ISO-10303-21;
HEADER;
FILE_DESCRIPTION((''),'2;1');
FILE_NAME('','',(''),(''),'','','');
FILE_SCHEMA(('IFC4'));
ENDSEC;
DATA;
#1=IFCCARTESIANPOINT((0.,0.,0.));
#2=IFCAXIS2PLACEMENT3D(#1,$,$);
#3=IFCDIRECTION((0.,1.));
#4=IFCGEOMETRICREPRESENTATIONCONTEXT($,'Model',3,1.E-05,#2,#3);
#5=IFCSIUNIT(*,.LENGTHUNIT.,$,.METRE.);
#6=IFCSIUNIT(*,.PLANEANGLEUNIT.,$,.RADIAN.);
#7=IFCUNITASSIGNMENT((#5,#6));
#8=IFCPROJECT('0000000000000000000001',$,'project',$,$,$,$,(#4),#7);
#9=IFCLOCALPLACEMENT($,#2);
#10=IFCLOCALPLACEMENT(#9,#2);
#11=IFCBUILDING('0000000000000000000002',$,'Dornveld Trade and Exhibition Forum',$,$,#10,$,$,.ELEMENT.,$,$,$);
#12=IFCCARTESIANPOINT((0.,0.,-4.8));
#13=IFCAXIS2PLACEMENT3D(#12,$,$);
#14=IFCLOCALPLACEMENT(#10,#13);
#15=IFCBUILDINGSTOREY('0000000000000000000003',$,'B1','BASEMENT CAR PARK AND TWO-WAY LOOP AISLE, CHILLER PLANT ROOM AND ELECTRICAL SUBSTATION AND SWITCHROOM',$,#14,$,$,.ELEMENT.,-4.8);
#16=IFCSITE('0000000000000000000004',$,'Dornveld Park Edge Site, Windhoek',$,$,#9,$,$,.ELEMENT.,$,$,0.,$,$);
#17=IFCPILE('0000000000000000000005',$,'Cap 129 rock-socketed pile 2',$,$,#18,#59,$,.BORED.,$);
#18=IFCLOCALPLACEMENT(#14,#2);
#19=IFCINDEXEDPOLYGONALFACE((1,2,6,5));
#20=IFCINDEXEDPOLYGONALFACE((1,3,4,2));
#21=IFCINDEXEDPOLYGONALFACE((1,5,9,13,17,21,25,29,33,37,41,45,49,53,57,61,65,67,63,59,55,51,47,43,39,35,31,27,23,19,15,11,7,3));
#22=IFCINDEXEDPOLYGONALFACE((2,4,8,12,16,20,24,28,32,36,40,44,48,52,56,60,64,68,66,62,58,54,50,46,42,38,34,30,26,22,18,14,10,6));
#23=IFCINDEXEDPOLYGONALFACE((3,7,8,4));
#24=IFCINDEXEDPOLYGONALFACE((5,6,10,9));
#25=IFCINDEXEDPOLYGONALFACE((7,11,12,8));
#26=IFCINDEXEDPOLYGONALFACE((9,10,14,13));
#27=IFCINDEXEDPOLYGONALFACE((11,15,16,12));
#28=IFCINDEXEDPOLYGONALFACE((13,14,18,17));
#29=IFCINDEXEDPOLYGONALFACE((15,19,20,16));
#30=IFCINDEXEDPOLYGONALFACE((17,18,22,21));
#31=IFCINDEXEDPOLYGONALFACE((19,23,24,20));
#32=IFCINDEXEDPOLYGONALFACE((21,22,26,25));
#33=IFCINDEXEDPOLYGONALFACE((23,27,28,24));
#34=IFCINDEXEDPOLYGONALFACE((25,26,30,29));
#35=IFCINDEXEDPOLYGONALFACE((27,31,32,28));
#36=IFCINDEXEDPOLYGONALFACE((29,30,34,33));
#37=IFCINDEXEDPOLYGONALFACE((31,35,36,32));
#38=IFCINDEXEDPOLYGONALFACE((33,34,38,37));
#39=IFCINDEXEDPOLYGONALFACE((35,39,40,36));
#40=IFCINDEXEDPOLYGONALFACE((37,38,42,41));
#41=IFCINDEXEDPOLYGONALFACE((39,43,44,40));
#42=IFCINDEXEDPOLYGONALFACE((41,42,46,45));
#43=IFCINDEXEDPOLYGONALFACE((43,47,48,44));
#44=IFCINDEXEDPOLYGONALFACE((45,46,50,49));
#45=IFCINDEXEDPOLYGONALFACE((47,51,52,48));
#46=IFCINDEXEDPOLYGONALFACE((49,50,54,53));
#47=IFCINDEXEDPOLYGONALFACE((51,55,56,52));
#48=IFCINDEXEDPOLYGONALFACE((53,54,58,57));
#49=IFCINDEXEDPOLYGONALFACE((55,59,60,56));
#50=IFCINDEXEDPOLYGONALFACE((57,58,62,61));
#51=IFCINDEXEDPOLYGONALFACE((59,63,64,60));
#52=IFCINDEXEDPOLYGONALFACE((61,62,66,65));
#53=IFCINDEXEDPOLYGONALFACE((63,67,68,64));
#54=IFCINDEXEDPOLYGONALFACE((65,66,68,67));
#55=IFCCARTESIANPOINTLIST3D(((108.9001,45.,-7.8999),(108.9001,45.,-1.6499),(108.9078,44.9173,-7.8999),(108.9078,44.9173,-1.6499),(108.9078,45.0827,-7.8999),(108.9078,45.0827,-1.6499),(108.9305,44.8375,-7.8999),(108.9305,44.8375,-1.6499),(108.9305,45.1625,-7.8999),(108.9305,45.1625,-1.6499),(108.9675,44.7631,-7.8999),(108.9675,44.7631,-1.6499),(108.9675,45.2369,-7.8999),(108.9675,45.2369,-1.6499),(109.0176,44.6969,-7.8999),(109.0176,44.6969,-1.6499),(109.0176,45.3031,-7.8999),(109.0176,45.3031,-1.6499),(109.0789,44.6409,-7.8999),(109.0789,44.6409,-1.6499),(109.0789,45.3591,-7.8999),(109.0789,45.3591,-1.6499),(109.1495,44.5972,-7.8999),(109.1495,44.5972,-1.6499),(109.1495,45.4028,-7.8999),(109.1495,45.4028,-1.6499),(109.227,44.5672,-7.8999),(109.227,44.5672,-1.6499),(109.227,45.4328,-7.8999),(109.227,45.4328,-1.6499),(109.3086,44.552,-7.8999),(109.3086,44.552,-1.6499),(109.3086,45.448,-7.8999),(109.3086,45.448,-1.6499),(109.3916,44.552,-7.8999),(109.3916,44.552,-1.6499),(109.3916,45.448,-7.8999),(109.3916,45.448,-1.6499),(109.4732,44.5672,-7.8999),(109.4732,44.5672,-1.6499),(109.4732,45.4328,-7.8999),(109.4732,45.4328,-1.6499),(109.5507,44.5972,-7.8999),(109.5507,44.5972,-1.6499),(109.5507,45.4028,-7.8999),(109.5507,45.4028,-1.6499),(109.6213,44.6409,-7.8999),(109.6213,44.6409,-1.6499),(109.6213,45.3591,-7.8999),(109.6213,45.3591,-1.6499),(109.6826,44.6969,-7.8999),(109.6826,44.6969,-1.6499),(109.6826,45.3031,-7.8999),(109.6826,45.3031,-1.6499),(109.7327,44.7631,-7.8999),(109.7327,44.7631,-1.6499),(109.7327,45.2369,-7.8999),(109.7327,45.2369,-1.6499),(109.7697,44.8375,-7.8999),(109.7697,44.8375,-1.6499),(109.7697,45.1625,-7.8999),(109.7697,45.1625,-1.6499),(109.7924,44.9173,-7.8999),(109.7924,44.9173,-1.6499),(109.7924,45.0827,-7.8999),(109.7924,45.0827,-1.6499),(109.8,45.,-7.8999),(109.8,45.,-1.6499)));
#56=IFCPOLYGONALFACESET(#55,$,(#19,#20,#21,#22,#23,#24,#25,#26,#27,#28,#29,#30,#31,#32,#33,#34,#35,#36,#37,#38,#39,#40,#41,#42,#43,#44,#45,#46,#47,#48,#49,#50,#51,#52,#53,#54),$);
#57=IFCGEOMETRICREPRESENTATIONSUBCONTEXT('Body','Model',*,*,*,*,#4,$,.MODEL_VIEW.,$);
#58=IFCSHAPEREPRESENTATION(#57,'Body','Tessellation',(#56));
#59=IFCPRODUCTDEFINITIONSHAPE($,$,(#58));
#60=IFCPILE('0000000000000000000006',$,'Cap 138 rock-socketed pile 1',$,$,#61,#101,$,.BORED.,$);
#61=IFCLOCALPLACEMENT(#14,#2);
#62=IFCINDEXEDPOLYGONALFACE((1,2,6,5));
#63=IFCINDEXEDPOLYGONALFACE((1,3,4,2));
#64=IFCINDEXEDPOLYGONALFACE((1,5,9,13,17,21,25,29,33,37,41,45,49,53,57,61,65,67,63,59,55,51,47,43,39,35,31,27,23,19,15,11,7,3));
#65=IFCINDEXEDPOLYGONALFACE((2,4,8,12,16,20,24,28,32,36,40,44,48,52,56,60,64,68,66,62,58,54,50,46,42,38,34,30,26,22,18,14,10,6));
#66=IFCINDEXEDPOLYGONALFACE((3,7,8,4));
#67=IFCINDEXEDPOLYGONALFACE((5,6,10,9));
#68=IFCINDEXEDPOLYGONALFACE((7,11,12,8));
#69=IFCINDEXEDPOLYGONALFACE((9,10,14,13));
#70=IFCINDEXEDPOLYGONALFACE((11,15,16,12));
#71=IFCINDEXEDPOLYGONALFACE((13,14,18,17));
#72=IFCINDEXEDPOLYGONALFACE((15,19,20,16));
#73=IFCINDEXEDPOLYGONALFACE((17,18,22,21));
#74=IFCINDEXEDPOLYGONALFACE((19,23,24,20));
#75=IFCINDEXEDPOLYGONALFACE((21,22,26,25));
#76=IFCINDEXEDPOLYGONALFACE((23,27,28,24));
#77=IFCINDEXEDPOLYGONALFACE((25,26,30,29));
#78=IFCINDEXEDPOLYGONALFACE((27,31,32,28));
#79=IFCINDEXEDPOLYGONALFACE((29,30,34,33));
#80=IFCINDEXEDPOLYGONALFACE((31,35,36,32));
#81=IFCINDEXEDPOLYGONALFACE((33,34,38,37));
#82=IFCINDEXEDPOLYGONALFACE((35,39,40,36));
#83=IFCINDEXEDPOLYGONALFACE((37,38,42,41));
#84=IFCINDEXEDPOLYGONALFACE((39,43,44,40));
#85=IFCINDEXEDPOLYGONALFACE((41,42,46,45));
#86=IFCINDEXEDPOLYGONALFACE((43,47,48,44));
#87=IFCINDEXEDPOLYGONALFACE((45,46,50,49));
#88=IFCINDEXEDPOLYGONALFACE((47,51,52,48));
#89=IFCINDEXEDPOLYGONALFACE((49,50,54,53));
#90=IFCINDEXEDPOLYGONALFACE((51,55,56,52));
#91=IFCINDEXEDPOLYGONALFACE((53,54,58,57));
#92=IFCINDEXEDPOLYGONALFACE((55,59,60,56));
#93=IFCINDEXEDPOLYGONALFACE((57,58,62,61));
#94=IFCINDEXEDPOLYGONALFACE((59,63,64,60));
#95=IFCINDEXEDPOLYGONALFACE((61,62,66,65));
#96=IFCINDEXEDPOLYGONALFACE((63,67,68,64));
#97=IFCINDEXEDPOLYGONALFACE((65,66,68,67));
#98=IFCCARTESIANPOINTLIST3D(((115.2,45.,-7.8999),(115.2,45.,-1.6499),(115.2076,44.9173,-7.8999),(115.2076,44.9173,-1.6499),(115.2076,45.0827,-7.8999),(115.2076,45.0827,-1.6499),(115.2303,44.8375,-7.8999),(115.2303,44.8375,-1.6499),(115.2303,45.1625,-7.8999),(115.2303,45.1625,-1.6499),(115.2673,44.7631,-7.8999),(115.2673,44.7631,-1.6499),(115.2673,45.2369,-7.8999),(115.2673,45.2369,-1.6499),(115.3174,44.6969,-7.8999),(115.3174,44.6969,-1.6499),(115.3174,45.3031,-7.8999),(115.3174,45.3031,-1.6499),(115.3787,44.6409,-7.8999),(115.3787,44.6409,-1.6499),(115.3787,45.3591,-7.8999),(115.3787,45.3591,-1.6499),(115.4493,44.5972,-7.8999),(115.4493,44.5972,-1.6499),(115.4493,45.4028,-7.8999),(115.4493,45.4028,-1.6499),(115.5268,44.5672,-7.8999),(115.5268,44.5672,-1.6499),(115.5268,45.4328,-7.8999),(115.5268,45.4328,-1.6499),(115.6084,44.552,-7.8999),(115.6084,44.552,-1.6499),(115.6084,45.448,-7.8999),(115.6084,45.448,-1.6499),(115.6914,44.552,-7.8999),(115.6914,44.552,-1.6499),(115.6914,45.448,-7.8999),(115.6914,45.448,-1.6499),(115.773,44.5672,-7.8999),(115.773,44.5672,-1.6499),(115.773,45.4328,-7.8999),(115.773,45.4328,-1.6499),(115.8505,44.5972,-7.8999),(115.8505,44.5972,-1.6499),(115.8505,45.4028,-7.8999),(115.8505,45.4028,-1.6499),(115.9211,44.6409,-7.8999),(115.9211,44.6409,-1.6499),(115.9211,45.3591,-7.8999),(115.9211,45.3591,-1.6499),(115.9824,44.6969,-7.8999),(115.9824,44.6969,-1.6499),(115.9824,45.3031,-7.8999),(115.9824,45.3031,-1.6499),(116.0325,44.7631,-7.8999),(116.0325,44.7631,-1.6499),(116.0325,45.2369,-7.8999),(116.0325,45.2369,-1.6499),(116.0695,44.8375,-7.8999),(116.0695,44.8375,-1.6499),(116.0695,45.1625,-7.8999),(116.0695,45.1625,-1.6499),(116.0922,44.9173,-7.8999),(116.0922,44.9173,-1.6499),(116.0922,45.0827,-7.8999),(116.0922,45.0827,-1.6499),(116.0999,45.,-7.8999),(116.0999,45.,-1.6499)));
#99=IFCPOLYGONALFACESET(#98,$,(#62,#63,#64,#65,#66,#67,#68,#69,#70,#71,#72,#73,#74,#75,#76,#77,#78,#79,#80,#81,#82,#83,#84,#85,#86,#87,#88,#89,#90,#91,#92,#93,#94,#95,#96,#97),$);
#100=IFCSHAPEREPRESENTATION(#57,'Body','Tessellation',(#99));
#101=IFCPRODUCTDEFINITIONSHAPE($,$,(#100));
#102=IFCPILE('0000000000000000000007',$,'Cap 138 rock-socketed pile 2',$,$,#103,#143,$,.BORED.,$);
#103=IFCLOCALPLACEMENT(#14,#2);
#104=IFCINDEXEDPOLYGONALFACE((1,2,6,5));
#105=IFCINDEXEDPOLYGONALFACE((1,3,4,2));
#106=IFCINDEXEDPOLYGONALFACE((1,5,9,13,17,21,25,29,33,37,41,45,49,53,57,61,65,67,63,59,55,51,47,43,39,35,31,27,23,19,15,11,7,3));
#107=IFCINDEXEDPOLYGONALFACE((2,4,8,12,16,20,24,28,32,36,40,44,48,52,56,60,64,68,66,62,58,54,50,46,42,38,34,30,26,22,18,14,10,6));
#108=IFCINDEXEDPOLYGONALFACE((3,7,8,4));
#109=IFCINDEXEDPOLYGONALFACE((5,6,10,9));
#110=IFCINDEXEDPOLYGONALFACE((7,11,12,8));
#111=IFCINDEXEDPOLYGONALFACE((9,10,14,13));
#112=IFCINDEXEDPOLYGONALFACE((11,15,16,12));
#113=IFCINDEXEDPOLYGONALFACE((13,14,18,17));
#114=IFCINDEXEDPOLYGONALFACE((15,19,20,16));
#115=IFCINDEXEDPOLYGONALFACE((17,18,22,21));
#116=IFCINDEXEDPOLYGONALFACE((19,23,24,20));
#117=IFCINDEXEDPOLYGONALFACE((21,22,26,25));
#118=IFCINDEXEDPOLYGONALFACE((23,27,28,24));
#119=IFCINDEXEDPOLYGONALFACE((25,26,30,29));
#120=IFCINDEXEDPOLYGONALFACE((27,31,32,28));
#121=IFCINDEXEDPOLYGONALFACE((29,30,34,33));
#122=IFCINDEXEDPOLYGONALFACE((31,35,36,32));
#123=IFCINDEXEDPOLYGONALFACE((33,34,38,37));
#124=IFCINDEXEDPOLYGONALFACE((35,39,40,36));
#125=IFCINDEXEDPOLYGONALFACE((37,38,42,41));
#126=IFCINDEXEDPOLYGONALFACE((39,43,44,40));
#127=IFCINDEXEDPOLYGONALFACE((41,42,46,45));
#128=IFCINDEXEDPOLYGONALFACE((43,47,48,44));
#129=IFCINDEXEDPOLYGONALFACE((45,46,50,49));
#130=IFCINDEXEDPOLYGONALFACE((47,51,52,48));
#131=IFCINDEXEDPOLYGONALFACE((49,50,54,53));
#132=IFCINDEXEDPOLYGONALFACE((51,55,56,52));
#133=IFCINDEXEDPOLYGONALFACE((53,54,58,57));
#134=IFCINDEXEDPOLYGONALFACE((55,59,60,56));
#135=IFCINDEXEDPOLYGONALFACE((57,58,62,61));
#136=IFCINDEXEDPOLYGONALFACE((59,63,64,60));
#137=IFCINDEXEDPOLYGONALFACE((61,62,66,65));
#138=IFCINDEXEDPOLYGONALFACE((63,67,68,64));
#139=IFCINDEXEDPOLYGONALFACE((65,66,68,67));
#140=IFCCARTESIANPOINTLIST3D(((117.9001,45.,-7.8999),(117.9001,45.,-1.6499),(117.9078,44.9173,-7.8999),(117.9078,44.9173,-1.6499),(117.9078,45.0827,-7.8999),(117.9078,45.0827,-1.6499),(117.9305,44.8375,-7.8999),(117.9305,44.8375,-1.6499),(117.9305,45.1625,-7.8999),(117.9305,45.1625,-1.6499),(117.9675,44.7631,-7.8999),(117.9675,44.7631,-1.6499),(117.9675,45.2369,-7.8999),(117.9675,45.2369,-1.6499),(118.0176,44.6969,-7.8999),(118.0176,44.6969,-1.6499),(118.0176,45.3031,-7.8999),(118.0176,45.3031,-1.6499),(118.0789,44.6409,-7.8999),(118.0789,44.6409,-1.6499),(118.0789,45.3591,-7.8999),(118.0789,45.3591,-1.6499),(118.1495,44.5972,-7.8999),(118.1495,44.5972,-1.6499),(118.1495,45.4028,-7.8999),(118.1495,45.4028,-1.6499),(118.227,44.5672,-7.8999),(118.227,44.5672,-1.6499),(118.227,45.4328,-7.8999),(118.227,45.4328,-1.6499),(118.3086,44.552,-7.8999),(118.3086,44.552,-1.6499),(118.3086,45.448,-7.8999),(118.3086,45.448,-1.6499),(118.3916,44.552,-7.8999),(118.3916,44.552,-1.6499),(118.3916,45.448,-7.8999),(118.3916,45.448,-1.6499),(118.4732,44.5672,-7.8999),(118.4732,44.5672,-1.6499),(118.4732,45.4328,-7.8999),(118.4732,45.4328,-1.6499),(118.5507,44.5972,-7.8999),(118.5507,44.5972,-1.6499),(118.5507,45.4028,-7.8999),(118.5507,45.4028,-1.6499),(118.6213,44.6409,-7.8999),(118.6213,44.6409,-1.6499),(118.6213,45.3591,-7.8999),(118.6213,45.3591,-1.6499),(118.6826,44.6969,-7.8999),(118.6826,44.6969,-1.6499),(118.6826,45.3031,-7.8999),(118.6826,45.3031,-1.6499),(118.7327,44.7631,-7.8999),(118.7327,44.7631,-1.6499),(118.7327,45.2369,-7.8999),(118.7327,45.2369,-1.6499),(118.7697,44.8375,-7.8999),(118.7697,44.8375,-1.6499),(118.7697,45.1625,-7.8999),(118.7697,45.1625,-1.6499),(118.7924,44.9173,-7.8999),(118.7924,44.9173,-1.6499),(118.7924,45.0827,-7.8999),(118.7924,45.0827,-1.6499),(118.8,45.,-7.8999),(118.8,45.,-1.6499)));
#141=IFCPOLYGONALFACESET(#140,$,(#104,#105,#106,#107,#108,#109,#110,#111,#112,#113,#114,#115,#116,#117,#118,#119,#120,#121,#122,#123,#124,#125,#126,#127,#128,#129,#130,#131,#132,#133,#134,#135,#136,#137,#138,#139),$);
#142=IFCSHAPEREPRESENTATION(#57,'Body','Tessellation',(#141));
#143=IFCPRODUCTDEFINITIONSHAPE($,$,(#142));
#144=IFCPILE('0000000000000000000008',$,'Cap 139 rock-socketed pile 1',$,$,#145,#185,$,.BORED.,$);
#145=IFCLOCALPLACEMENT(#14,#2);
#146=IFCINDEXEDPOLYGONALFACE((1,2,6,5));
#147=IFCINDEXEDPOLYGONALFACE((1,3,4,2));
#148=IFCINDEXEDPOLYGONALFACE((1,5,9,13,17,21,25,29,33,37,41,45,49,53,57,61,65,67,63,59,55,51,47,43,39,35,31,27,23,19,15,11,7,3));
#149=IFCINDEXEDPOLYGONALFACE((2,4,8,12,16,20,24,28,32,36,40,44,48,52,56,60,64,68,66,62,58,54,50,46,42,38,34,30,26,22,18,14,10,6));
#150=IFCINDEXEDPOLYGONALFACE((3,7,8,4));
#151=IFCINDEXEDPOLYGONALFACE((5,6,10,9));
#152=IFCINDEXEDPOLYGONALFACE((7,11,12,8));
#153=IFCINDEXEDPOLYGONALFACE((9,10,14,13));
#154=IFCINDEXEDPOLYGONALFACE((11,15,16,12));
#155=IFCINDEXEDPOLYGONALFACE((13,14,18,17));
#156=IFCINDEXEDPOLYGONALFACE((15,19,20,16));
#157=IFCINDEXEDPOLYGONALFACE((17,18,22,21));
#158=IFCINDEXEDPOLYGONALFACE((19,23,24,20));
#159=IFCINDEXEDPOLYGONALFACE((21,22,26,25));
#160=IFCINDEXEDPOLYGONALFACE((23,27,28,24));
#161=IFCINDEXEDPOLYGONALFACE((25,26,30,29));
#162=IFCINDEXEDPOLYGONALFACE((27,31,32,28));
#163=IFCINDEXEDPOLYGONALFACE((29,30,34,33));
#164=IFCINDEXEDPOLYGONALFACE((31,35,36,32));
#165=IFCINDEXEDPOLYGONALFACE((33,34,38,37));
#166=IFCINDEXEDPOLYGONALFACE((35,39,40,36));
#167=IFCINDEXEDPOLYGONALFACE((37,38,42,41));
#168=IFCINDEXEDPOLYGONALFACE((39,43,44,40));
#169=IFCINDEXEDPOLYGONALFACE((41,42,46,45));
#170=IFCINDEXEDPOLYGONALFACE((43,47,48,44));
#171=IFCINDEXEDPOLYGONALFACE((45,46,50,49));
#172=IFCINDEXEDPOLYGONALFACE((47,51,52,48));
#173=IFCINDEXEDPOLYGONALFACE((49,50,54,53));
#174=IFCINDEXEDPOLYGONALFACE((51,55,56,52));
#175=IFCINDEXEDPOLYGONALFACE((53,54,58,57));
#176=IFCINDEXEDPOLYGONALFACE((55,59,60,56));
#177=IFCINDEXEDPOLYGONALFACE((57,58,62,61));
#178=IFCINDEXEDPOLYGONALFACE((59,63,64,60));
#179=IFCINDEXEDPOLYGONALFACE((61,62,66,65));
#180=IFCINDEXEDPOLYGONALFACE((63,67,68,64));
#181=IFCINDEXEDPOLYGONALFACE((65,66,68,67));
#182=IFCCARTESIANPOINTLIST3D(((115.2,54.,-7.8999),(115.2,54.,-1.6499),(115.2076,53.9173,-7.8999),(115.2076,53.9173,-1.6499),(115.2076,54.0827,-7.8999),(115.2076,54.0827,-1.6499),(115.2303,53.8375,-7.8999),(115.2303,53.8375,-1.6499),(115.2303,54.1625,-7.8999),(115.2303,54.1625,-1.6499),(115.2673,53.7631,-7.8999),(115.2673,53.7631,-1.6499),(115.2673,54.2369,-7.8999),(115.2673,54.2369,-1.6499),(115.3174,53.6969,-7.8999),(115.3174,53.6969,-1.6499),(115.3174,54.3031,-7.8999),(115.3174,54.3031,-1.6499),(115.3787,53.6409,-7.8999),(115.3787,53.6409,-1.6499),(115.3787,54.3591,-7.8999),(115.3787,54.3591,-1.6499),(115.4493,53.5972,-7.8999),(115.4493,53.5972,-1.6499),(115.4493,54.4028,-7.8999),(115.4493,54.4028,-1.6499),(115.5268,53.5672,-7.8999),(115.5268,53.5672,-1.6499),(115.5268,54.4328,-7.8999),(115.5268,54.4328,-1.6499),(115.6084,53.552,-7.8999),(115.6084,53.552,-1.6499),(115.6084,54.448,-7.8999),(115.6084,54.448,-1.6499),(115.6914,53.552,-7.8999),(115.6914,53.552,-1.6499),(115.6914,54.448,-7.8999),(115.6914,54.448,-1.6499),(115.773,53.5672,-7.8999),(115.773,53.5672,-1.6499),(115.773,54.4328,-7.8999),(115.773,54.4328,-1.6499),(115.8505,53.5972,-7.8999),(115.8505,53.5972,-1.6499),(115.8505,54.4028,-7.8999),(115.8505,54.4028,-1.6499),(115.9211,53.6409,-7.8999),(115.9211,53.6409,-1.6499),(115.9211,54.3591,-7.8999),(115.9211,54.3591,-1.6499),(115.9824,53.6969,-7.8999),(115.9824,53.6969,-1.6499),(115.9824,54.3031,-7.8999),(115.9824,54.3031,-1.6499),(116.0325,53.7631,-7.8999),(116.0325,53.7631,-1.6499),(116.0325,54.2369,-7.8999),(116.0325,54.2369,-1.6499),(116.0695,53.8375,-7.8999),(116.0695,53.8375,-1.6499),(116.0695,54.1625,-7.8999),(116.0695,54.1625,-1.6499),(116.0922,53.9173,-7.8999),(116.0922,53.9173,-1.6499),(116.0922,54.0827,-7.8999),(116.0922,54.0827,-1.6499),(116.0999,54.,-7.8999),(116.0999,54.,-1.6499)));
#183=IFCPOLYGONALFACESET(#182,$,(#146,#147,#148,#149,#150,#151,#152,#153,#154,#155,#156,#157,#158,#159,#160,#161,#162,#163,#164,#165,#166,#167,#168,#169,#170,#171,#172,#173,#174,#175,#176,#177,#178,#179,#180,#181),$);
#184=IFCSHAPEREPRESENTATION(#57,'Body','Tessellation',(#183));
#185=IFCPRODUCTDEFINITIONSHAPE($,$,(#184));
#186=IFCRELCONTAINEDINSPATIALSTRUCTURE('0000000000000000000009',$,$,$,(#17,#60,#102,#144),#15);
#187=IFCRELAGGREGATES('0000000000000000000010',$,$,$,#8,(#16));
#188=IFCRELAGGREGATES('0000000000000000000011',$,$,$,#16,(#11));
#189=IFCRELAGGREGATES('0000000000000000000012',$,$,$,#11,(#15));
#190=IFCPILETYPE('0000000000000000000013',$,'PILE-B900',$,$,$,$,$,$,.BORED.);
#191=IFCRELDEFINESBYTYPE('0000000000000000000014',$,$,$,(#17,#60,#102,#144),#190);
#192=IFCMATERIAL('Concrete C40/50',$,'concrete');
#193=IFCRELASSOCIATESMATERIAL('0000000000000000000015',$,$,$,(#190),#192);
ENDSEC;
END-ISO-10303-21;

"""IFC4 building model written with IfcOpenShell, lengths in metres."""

from ifc_helpers import new_model, si_unit, direction, frame, origin, origin_2d, place, context, subcontext, project, spatial, circle, extrude, material, material_profile, profile_set, type_object, element, save


model = new_model("IFC4")

# Units and contexts
model_context = context("Model", 3, precision=1e-05, world=origin(), true_north=direction((0.0, 1.0)))
body_context = subcontext(model_context, "Body", "Model", "MODEL_VIEW")
ifc_project = project(units=[si_unit("LENGTHUNIT", "METRE"), si_unit("PLANEANGLEUNIT", "RADIAN")], contexts=[model_context])

# Site, building, storey
site_placement = place(None, origin())
site = spatial("IfcSite", under=ifc_project, at=site_placement, Name="Dornveld Park Edge Site, Windhoek", CompositionType="ELEMENT", RefElevation=0.0)
building_placement = place(site_placement, origin())
building = spatial("IfcBuilding", under=site, at=building_placement, Name="Dornveld Trade and Exhibition Forum", CompositionType="ELEMENT")
storey_placement = place(building_placement, frame((0.0, 0.0, -4.8)))
storey = spatial("IfcBuildingStorey", under=building, at=storey_placement, Name="B1", Description="BASEMENT CAR PARK AND TWO-WAY LOOP AISLE, CHILLER PLANT ROOM AND ELECTRICAL SUBSTATION AND SWITCHROOM", CompositionType="ELEMENT", Elevation=-4.8)

# Piles
ifc_material_1 = material(Name="Concrete C40/50", Category="concrete")
ifc_material_profile_1 = material_profile(ifc_material_1, circle(Radius=0.45, at=origin_2d()), Name="PILE D900")
ifc_profile_set_1 = profile_set([ifc_material_profile_1], Name="Concrete C40/50")
pile_type_1 = type_object("IfcPileType", Name="PILE-B900", PredefinedType="BORED", material=ifc_profile_set_1)
for number, where, z_axis, x_axis, name in (
    (1, (109.3501, 45.0, -1.6499), (0.0, 0.0, -1.0), (1.0, 0.0, 0.0), "Cap 129 rock-socketed pile 2"),
    (2, (115.6499, 45.0, -1.6499), (0.0, 0.0, -1.0), (1.0, 0.0, 0.0), "Cap 138 rock-socketed pile 1"),
    (3, (118.3501, 45.0, -1.6499), (0.0, 0.0, -1.0), (1.0, 0.0, 0.0), "Cap 138 rock-socketed pile 2"),
    (4, (115.6499, 54.0, -1.6499), (0.0, 0.0, -1.0), (1.0, 0.0, 0.0), "Cap 139 rock-socketed pile 1"),
):
    element("IfcPile", number, at=place(storey_placement, frame(where, z_axis=z_axis, x_axis=x_axis)), inside=storey, type_object=pile_type_1, Name=name, PredefinedType="BORED", context=body_context, shape_type="SweptSolid", body=[
        extrude(circle(Radius=0.45, at=origin_2d()), origin(), (0.0, 0.0, 1.0), 6.25),
    ])

save(model, "model.ifc")
